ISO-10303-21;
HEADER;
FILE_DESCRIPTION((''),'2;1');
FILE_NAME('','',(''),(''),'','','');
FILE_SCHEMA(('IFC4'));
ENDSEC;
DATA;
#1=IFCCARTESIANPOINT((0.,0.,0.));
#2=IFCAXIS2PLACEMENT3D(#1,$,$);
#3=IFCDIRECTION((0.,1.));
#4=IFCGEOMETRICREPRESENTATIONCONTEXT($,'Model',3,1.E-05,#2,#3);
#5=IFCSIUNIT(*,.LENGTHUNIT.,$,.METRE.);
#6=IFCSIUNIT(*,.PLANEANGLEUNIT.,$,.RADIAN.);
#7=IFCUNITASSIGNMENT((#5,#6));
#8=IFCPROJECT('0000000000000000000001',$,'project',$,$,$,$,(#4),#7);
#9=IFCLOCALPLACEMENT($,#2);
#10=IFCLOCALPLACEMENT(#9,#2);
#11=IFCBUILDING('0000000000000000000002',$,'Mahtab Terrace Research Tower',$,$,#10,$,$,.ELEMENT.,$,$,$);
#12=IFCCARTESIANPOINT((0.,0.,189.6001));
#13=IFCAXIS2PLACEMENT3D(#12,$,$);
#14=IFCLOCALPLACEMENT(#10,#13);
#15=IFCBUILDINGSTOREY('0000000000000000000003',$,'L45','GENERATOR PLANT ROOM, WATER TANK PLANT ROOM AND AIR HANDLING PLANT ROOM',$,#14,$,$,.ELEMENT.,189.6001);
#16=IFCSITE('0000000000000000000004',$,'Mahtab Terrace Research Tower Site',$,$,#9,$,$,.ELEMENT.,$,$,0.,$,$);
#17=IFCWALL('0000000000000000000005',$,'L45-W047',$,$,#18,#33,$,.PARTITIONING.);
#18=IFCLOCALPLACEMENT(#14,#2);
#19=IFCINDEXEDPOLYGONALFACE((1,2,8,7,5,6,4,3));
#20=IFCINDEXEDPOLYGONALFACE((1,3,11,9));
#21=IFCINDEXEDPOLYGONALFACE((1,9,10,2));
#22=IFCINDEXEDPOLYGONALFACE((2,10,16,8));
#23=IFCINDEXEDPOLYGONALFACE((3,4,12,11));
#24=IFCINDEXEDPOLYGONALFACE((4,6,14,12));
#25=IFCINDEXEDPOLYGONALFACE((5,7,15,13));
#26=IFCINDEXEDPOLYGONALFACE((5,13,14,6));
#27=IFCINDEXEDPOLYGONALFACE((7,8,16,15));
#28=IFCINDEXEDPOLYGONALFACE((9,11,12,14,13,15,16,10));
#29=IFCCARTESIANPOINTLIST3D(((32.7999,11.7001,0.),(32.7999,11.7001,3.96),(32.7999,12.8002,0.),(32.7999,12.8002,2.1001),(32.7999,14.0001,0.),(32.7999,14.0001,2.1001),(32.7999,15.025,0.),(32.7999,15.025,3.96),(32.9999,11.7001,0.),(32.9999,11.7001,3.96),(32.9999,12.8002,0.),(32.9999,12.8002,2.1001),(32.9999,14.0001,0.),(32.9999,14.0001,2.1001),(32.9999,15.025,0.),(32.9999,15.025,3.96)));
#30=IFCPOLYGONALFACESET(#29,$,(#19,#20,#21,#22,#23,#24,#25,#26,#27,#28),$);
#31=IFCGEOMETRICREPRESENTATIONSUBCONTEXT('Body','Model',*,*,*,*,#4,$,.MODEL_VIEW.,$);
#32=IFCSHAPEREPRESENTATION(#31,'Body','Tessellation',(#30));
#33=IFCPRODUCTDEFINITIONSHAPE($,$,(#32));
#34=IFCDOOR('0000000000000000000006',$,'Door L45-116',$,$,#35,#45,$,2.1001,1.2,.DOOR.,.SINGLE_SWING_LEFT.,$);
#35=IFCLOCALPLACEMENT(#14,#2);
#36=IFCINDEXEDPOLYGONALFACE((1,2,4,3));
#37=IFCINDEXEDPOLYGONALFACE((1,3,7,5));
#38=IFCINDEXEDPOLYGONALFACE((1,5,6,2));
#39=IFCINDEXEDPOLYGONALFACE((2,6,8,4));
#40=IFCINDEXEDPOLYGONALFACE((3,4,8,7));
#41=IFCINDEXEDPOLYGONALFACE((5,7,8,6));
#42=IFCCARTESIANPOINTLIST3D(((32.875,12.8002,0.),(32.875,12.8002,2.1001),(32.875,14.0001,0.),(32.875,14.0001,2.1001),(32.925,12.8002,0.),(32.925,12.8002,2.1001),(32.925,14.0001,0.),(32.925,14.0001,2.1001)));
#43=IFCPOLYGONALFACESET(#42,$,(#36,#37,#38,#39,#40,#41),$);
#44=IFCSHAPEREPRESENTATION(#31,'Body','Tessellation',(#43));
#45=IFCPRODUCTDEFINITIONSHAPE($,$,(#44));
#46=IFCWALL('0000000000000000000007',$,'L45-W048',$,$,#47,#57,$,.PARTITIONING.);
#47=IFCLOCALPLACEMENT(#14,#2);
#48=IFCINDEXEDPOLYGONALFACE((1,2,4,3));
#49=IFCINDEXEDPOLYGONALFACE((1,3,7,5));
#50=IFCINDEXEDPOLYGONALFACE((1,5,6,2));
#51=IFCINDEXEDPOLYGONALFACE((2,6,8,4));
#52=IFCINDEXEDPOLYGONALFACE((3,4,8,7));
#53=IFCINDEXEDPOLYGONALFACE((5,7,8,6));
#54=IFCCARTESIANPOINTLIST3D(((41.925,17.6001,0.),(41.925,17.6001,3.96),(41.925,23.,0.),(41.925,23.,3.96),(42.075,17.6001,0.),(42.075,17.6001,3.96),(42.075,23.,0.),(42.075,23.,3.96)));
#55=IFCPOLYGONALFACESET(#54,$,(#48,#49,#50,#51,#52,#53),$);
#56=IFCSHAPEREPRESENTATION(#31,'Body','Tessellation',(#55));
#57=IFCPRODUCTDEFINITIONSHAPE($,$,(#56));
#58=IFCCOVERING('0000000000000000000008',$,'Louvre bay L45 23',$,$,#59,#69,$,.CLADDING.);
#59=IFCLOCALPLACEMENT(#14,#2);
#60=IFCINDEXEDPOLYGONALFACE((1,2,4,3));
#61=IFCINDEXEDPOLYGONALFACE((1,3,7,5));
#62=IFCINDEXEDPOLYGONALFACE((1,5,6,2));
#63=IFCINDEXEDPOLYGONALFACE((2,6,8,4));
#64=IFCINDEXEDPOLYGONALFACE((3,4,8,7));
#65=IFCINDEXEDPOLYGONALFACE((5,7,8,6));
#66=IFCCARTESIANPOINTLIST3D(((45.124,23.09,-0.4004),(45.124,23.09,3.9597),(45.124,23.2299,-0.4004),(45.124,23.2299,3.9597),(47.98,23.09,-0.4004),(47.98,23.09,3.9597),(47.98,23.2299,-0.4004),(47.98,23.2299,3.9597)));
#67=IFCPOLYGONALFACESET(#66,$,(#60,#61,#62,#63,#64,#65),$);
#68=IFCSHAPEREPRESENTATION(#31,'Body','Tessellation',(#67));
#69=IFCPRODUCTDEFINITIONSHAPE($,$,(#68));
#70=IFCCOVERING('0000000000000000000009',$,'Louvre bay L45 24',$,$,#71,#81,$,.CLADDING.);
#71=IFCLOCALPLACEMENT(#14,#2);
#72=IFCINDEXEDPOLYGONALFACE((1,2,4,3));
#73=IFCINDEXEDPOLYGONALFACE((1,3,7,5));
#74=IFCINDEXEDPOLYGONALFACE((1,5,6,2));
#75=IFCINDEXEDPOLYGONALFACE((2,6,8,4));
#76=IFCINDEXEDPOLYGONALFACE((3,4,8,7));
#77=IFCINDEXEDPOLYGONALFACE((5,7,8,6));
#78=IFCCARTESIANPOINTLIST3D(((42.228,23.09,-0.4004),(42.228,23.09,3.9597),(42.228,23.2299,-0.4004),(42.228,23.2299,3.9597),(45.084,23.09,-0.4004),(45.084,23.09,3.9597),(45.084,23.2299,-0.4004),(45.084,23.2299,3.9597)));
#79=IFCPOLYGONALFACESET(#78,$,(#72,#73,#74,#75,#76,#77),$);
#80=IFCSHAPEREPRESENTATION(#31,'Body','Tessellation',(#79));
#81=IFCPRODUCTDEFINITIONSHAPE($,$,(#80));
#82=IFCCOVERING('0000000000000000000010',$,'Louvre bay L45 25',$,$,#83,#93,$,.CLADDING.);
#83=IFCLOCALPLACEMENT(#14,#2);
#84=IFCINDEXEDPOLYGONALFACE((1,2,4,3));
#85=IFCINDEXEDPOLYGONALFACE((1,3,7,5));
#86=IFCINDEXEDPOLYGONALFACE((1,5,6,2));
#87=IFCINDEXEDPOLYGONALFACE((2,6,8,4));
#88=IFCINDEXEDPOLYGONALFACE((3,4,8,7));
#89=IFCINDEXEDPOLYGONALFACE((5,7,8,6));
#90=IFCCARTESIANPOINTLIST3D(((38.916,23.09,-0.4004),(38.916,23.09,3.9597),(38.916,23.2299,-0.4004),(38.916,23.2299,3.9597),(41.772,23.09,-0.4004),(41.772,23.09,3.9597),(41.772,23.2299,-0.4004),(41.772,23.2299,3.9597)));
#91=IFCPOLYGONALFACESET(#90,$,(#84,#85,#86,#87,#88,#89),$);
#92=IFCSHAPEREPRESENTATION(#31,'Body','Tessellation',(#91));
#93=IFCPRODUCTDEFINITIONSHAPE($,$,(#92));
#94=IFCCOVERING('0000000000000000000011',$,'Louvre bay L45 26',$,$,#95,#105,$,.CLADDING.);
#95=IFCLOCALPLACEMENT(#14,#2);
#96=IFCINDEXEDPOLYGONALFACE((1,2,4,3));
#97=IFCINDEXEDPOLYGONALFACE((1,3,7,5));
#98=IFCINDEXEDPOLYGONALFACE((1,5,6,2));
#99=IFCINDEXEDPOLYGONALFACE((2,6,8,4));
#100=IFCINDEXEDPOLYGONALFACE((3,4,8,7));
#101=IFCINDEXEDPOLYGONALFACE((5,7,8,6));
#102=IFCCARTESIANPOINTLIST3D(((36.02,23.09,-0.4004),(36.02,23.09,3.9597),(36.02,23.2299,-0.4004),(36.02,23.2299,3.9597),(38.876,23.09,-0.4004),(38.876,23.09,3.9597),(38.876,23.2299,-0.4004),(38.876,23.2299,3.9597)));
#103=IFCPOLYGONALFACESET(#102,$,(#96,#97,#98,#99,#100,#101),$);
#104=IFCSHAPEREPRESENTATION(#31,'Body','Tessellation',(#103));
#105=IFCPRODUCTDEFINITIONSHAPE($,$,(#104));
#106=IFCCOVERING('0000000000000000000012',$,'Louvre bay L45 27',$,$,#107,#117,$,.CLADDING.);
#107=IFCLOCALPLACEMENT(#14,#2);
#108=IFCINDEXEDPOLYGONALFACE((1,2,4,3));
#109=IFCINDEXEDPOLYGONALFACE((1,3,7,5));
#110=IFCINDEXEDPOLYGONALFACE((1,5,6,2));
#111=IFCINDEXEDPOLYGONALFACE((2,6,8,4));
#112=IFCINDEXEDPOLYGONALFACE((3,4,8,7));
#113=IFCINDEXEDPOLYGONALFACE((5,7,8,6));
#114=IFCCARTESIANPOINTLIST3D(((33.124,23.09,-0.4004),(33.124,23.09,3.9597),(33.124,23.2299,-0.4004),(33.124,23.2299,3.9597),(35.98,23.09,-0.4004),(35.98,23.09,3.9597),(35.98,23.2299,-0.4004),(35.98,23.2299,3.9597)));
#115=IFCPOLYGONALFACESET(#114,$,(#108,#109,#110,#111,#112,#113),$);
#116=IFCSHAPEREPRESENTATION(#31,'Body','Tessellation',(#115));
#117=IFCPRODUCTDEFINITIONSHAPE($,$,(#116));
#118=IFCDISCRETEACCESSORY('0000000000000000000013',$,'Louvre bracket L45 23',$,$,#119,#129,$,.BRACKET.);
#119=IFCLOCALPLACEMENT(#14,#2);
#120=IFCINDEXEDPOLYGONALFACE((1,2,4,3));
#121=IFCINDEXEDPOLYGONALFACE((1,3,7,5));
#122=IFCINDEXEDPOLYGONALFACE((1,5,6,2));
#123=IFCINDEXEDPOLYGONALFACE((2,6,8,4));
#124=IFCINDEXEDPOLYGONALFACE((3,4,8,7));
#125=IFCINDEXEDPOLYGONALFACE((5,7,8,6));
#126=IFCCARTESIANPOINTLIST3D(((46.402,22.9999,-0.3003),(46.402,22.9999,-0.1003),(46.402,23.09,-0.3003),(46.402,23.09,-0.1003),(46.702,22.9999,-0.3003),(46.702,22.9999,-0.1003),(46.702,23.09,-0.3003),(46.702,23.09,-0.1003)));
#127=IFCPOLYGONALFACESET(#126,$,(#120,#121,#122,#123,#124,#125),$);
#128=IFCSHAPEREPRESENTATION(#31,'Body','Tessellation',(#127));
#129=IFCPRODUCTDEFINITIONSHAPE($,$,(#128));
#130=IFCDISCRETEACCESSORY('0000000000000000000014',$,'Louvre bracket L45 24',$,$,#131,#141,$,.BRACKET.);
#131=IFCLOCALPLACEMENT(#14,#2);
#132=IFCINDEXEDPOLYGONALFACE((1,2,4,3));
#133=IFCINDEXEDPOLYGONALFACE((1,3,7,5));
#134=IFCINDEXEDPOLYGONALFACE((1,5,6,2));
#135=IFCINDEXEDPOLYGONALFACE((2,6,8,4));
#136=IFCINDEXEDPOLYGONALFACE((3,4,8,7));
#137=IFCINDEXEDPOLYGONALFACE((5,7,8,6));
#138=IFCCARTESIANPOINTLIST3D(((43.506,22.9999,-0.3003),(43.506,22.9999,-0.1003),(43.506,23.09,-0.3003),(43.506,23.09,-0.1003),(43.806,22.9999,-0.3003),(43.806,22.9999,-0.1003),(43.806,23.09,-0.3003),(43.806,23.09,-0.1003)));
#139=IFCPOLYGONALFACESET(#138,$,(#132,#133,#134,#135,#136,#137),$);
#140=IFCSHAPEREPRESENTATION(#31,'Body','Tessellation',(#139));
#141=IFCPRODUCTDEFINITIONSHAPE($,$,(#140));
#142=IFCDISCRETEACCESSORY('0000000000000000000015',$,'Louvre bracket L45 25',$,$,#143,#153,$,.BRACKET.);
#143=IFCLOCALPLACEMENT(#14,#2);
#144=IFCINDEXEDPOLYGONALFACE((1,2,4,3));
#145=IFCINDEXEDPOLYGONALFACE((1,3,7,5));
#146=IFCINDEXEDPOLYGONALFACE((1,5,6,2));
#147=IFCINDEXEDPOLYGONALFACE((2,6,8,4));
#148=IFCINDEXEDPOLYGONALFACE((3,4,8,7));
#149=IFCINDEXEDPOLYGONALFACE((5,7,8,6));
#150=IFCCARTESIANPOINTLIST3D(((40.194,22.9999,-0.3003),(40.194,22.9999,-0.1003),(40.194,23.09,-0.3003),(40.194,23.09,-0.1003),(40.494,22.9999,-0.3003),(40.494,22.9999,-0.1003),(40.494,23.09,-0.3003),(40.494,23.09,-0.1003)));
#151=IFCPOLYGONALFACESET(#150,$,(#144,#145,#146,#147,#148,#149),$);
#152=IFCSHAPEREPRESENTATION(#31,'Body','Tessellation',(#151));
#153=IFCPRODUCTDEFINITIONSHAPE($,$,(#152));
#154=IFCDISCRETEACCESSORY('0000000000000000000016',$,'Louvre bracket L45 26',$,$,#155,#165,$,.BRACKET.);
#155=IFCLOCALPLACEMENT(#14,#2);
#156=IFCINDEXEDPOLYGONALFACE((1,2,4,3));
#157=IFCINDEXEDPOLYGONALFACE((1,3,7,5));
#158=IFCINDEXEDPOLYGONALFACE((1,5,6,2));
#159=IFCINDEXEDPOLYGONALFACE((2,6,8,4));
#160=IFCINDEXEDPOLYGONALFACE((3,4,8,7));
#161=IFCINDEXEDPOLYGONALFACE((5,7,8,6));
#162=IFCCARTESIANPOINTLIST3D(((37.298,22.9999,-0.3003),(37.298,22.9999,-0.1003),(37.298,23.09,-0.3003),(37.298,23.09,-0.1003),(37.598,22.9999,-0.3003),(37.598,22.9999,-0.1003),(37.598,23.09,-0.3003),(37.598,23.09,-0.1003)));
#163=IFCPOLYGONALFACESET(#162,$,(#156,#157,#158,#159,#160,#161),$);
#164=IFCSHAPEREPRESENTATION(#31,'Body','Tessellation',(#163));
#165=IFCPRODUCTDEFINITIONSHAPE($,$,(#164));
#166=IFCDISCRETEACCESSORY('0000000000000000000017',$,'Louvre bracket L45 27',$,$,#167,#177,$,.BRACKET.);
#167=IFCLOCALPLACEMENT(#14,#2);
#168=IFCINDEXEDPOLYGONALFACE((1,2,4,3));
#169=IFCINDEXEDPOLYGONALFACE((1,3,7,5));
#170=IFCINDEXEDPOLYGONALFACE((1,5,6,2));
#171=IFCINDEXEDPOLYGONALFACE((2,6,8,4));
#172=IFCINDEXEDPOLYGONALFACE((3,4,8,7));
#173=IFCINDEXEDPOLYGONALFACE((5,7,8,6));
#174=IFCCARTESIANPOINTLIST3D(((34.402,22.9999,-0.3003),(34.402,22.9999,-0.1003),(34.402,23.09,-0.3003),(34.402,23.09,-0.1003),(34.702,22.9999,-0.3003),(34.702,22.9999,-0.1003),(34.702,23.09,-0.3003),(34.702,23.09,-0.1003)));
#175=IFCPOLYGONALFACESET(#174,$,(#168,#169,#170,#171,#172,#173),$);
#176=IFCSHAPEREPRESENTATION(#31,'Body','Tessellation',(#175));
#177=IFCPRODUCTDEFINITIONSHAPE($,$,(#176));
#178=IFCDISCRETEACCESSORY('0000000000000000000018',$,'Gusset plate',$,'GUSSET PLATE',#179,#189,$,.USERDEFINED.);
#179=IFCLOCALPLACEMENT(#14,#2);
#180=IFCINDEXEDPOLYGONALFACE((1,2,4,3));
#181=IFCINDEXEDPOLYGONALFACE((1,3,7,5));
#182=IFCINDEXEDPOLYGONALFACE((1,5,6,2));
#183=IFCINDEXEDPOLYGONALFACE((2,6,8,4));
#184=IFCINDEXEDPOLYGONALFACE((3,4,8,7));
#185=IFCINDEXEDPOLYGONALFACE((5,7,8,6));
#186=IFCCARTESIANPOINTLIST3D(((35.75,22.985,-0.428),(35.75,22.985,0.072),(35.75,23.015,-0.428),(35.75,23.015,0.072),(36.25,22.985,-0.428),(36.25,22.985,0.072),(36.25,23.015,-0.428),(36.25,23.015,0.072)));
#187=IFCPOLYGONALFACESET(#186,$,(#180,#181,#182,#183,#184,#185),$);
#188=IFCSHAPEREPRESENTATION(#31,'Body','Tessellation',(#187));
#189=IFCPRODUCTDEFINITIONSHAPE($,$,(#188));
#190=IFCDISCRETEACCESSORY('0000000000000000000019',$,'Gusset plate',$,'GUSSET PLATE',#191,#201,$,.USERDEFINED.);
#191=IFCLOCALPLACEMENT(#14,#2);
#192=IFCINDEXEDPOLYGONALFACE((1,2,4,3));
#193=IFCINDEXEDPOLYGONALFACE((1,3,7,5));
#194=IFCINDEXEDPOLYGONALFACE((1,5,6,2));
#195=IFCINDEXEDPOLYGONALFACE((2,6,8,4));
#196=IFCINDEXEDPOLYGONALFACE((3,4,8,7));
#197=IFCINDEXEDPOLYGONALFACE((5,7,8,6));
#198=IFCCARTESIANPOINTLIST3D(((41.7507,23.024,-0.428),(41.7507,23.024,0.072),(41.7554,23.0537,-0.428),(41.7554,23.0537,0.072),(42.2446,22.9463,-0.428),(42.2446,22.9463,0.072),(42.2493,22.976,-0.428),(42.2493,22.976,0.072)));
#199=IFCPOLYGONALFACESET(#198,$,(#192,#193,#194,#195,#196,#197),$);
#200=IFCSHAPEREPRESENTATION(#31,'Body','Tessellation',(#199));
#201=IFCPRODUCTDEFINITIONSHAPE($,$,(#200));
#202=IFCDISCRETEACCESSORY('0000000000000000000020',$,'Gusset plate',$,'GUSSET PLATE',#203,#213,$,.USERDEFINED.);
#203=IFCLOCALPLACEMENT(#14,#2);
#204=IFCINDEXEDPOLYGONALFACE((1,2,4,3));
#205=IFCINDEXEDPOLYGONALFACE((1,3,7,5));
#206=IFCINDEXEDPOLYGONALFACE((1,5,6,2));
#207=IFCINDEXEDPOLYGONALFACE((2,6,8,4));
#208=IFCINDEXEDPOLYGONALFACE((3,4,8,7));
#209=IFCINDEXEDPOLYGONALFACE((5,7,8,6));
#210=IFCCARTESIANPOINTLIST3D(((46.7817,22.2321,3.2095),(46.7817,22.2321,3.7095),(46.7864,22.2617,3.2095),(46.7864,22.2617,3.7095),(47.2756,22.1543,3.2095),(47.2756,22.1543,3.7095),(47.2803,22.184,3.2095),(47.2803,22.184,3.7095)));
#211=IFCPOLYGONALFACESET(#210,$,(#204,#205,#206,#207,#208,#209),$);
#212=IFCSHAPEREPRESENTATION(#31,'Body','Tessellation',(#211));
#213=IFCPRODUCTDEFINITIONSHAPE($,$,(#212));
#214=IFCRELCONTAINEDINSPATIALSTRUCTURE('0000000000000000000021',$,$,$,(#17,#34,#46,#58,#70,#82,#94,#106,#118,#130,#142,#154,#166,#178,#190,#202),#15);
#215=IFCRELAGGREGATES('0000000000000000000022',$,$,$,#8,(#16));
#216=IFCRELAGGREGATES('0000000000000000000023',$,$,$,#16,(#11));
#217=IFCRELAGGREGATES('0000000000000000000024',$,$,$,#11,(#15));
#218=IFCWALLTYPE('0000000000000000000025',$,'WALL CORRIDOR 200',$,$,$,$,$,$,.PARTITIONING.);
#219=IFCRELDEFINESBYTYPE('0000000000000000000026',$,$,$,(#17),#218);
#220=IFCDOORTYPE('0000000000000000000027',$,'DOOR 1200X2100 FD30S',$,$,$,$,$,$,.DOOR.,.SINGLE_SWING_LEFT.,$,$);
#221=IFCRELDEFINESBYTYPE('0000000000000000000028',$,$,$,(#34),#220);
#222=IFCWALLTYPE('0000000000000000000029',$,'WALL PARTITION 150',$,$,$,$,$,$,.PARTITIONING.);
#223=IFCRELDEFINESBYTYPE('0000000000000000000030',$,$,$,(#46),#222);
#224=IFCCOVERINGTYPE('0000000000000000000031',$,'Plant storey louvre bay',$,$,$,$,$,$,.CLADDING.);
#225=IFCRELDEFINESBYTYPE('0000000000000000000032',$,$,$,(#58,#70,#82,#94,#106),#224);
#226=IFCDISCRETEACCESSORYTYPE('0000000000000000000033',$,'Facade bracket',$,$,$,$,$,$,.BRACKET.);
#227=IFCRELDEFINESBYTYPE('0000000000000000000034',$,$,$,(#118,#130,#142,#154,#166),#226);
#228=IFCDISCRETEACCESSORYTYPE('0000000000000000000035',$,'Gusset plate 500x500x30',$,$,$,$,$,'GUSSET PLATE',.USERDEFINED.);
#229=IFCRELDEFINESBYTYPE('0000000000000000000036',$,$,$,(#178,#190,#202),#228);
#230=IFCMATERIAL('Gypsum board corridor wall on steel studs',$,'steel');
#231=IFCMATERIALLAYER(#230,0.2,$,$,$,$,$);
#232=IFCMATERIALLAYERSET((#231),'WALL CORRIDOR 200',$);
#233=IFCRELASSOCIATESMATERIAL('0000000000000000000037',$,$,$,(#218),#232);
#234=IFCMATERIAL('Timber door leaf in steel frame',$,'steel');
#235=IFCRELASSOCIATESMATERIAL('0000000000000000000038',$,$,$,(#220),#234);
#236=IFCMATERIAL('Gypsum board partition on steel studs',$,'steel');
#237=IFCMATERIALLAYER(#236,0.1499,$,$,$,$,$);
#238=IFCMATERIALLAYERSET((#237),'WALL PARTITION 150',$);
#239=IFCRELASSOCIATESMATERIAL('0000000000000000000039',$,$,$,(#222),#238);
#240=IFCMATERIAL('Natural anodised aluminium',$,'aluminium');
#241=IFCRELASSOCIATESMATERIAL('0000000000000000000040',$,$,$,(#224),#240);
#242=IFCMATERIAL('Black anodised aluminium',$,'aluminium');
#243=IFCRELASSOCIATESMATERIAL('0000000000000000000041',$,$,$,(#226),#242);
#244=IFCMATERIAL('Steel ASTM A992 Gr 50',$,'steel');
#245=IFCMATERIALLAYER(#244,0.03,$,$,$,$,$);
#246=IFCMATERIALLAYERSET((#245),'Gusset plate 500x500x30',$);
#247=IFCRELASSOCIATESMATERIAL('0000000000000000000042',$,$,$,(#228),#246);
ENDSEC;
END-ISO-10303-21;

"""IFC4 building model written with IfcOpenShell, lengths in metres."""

from ifc_helpers import new_model, si_unit, direction, frame, frame_2d, origin, origin_2d, place, context, subcontext, project, spatial, rectangle, extrude, material, layer, layer_set, type_object, element, fill, save


model = new_model("IFC4")

# Units and contexts
model_context = context("Model", 3, precision=1e-05, world=origin(), true_north=direction((0.0, 1.0)))
body_context = subcontext(model_context, "Body", "Model", "MODEL_VIEW")
ifc_project = project(units=[si_unit("LENGTHUNIT", "METRE"), si_unit("PLANEANGLEUNIT", "RADIAN")], contexts=[model_context])

# Site, building, storey
site_placement = place(None, origin())
site = spatial("IfcSite", under=ifc_project, at=site_placement, Name="Mahtab Terrace Research Tower Site", CompositionType="ELEMENT", RefElevation=0.0)
building_placement = place(site_placement, origin())
building = spatial("IfcBuilding", under=site, at=building_placement, Name="Mahtab Terrace Research Tower", CompositionType="ELEMENT")
storey_placement = place(building_placement, frame((0.0, 0.0, 189.6001)))
storey = spatial("IfcBuildingStorey", under=building, at=storey_placement, Name="L45", Description="GENERATOR PLANT ROOM, WATER TANK PLANT ROOM AND AIR HANDLING PLANT ROOM", CompositionType="ELEMENT", Elevation=189.6001)

# Shared definitions
ifc_material_1 = material(Name="Steel ASTM A992 Gr 50", Category="steel")

# Wall, opening, door
ifc_material_2 = material(Name="Gypsum board corridor wall on steel studs", Category="steel")
ifc_layer_1 = layer(ifc_material_2, 0.2)
ifc_layer_set_1 = layer_set([ifc_layer_1], Name="WALL CORRIDOR 200")
wall_type_1 = type_object("IfcWallType", Name="WALL CORRIDOR 200", PredefinedType="PARTITIONING", material=ifc_layer_set_1)
wall_1_placement = place(storey_placement, frame((32.8999, 11.7, 0.0), z_axis=(0.0, 0.0, 1.0), x_axis=(0.0, 1.0, 0.0)))
wall_1 = element("IfcWall", 1, at=wall_1_placement, inside=storey, type_object=wall_type_1, Name="L45-W047", PredefinedType="PARTITIONING", context=body_context, shape_type="SweptSolid", body=[
    extrude(rectangle(XDim=3.325, YDim=0.2, at=frame_2d((1.6626, 0.0))), origin(), (0.0, 0.0, 1.0), 3.96),
])
opening_placement = place(wall_1_placement, frame((1.1001, 0.0, 0.0)))
opening = element("IfcOpeningElement", 2, at=opening_placement, cuts=wall_1, PredefinedType="OPENING", context=body_context, shape_type="SweptSolid", body=[
    extrude(rectangle(XDim=1.2, YDim=2.1001, at=frame_2d((0.6001, 1.05))), frame((0.0, 0.1099, 0.0), z_axis=(0.0, -1.0, 0.0), x_axis=(1.0, 0.0, 0.0)), (0.0, 0.0, 1.0), 0.22),
])
ifc_material_3 = material(Name="Timber door leaf in steel frame", Category="steel")
door_type = type_object("IfcDoorType", Name="DOOR 1200X2100 FD30S", OperationType="SINGLE_SWING_LEFT", PredefinedType="DOOR", material=ifc_material_3)
door_placement = place(opening_placement, origin())
door = element("IfcDoor", 3, at=door_placement, inside=storey, type_object=door_type, Name="Door L45-116", OperationType="SINGLE_SWING_LEFT", OverallHeight=2.1001, OverallWidth=1.2, PredefinedType="DOOR", context=body_context, shape_type="SweptSolid", body=[
    extrude(rectangle(XDim=1.2, YDim=2.1001, at=frame_2d((0.6001, 1.05))), frame((0.0, 0.0249, 0.0), z_axis=(0.0, -1.0, 0.0), x_axis=(1.0, 0.0, 0.0)), (0.0, 0.0, 1.0), 0.05),
])
fill(opening, door)

# Wall
ifc_material_4 = material(Name="Gypsum board partition on steel studs", Category="steel")
ifc_layer_2 = layer(ifc_material_4, 0.1499)
ifc_layer_set_2 = layer_set([ifc_layer_2], Name="WALL PARTITION 150")
wall_type_2 = type_object("IfcWallType", Name="WALL PARTITION 150", PredefinedType="PARTITIONING", material=ifc_layer_set_2)
wall_2_placement = place(storey_placement, frame((42.0, 17.6001, 0.0), z_axis=(0.0, 0.0, 1.0), x_axis=(0.0, 1.0, 0.0)))
element("IfcWall", 4, at=wall_2_placement, inside=storey, type_object=wall_type_2, Name="L45-W048", PredefinedType="PARTITIONING", context=body_context, shape_type="SweptSolid", body=[
    extrude(rectangle(XDim=5.3999, YDim=0.1499, at=frame_2d((2.7, 0.0))), origin(), (0.0, 0.0, 1.0), 3.96),
])

# Coverings
ifc_material_5 = material(Name="Natural anodised aluminium", Category="aluminium")
covering_type = type_object("IfcCoveringType", Name="Plant storey louvre bay", PredefinedType="CLADDING", material=ifc_material_5)
for number, where, z_axis, x_axis, name in (
    (5, (46.552, 23.1599, -0.4004), (0.0, 0.0, 1.0), (-1.0, 0.0, 0.0), "Louvre bay L45 23"),
    (6, (43.656, 23.1599, -0.4004), (0.0, 0.0, 1.0), (-1.0, 0.0, 0.0), "Louvre bay L45 24"),
    (7, (40.344, 23.1599, -0.4004), (0.0, 0.0, 1.0), (-1.0, 0.0, 0.0), "Louvre bay L45 25"),
    (8, (37.448, 23.1599, -0.4004), (0.0, 0.0, 1.0), (-1.0, 0.0, 0.0), "Louvre bay L45 26"),
    (9, (34.552, 23.1599, -0.4004), (0.0, 0.0, 1.0), (-1.0, 0.0, 0.0), "Louvre bay L45 27"),
):
    element("IfcCovering", number, at=place(storey_placement, frame(where, z_axis=z_axis, x_axis=x_axis)), inside=storey, type_object=covering_type, Name=name, PredefinedType="CLADDING", context=body_context, shape_type="SweptSolid", body=[
        extrude(rectangle(XDim=2.856, YDim=0.1399, at=origin_2d()), origin(), (0.0, 0.0, 1.0), 4.3601),
    ])

# Discrete accessories
ifc_material_6 = material(Name="Black anodised aluminium", Category="aluminium")
discrete_accessory_type_1 = type_object("IfcDiscreteAccessoryType", Name="Facade bracket", PredefinedType="BRACKET", material=ifc_material_6)
for number, where, z_axis, x_axis, name in (
    (10, (46.552, 23.0449, -0.3003), (0.0, 0.0, 1.0), (-1.0, 0.0, 0.0), "Louvre bracket L45 23"),
    (11, (43.656, 23.0449, -0.3003), (0.0, 0.0, 1.0), (-1.0, 0.0, 0.0), "Louvre bracket L45 24"),
    (12, (40.344, 23.0449, -0.3003), (0.0, 0.0, 1.0), (-1.0, 0.0, 0.0), "Louvre bracket L45 25"),
    (13, (37.448, 23.0449, -0.3003), (0.0, 0.0, 1.0), (-1.0, 0.0, 0.0), "Louvre bracket L45 26"),
    (14, (34.552, 23.0449, -0.3003), (0.0, 0.0, 1.0), (-1.0, 0.0, 0.0), "Louvre bracket L45 27"),
):
    element("IfcDiscreteAccessory", number, at=place(storey_placement, frame(where, z_axis=z_axis, x_axis=x_axis)), inside=storey, type_object=discrete_accessory_type_1, Name=name, PredefinedType="BRACKET", context=body_context, shape_type="SweptSolid", body=[
        extrude(rectangle(XDim=0.3, YDim=0.0901, at=origin_2d()), origin(), (0.0, 0.0, 1.0), 0.2),
    ])
ifc_layer_3 = layer(ifc_material_1, 0.03)
ifc_layer_set_3 = layer_set([ifc_layer_3], Name="Gusset plate 500x500x30")
discrete_accessory_type_2 = type_object("IfcDiscreteAccessoryType", Name="Gusset plate 500x500x30", ElementType="GUSSET PLATE", PredefinedType="USERDEFINED", material=ifc_layer_set_3)
for number, where, z_axis, x_axis, name in (
    (15, (36.0, 23.0, -0.428), (0.0, 0.0, 1.0), (1.0, 0.0, 0.0), "Gusset plate"),
    (16, (42.0, 23.0, -0.428), (0.0, 0.0, 1.0), (-0.987835, 0.155504, 0.0), "Gusset plate"),
    (17, (47.031, 22.208, 3.2095), (0.0, 0.0, 1.0), (-0.987835, 0.155504, 0.0), "Gusset plate"),
):
    element("IfcDiscreteAccessory", number, at=place(storey_placement, frame(where, z_axis=z_axis, x_axis=x_axis)), inside=storey, type_object=discrete_accessory_type_2, Name=name, ObjectType="GUSSET PLATE", PredefinedType="USERDEFINED", context=body_context, shape_type="SweptSolid", body=[
        extrude(rectangle(XDim=0.5, YDim=0.03, at=origin_2d()), origin(), (0.0, 0.0, 1.0), 0.5),
    ])

save(model, "model.ifc")
